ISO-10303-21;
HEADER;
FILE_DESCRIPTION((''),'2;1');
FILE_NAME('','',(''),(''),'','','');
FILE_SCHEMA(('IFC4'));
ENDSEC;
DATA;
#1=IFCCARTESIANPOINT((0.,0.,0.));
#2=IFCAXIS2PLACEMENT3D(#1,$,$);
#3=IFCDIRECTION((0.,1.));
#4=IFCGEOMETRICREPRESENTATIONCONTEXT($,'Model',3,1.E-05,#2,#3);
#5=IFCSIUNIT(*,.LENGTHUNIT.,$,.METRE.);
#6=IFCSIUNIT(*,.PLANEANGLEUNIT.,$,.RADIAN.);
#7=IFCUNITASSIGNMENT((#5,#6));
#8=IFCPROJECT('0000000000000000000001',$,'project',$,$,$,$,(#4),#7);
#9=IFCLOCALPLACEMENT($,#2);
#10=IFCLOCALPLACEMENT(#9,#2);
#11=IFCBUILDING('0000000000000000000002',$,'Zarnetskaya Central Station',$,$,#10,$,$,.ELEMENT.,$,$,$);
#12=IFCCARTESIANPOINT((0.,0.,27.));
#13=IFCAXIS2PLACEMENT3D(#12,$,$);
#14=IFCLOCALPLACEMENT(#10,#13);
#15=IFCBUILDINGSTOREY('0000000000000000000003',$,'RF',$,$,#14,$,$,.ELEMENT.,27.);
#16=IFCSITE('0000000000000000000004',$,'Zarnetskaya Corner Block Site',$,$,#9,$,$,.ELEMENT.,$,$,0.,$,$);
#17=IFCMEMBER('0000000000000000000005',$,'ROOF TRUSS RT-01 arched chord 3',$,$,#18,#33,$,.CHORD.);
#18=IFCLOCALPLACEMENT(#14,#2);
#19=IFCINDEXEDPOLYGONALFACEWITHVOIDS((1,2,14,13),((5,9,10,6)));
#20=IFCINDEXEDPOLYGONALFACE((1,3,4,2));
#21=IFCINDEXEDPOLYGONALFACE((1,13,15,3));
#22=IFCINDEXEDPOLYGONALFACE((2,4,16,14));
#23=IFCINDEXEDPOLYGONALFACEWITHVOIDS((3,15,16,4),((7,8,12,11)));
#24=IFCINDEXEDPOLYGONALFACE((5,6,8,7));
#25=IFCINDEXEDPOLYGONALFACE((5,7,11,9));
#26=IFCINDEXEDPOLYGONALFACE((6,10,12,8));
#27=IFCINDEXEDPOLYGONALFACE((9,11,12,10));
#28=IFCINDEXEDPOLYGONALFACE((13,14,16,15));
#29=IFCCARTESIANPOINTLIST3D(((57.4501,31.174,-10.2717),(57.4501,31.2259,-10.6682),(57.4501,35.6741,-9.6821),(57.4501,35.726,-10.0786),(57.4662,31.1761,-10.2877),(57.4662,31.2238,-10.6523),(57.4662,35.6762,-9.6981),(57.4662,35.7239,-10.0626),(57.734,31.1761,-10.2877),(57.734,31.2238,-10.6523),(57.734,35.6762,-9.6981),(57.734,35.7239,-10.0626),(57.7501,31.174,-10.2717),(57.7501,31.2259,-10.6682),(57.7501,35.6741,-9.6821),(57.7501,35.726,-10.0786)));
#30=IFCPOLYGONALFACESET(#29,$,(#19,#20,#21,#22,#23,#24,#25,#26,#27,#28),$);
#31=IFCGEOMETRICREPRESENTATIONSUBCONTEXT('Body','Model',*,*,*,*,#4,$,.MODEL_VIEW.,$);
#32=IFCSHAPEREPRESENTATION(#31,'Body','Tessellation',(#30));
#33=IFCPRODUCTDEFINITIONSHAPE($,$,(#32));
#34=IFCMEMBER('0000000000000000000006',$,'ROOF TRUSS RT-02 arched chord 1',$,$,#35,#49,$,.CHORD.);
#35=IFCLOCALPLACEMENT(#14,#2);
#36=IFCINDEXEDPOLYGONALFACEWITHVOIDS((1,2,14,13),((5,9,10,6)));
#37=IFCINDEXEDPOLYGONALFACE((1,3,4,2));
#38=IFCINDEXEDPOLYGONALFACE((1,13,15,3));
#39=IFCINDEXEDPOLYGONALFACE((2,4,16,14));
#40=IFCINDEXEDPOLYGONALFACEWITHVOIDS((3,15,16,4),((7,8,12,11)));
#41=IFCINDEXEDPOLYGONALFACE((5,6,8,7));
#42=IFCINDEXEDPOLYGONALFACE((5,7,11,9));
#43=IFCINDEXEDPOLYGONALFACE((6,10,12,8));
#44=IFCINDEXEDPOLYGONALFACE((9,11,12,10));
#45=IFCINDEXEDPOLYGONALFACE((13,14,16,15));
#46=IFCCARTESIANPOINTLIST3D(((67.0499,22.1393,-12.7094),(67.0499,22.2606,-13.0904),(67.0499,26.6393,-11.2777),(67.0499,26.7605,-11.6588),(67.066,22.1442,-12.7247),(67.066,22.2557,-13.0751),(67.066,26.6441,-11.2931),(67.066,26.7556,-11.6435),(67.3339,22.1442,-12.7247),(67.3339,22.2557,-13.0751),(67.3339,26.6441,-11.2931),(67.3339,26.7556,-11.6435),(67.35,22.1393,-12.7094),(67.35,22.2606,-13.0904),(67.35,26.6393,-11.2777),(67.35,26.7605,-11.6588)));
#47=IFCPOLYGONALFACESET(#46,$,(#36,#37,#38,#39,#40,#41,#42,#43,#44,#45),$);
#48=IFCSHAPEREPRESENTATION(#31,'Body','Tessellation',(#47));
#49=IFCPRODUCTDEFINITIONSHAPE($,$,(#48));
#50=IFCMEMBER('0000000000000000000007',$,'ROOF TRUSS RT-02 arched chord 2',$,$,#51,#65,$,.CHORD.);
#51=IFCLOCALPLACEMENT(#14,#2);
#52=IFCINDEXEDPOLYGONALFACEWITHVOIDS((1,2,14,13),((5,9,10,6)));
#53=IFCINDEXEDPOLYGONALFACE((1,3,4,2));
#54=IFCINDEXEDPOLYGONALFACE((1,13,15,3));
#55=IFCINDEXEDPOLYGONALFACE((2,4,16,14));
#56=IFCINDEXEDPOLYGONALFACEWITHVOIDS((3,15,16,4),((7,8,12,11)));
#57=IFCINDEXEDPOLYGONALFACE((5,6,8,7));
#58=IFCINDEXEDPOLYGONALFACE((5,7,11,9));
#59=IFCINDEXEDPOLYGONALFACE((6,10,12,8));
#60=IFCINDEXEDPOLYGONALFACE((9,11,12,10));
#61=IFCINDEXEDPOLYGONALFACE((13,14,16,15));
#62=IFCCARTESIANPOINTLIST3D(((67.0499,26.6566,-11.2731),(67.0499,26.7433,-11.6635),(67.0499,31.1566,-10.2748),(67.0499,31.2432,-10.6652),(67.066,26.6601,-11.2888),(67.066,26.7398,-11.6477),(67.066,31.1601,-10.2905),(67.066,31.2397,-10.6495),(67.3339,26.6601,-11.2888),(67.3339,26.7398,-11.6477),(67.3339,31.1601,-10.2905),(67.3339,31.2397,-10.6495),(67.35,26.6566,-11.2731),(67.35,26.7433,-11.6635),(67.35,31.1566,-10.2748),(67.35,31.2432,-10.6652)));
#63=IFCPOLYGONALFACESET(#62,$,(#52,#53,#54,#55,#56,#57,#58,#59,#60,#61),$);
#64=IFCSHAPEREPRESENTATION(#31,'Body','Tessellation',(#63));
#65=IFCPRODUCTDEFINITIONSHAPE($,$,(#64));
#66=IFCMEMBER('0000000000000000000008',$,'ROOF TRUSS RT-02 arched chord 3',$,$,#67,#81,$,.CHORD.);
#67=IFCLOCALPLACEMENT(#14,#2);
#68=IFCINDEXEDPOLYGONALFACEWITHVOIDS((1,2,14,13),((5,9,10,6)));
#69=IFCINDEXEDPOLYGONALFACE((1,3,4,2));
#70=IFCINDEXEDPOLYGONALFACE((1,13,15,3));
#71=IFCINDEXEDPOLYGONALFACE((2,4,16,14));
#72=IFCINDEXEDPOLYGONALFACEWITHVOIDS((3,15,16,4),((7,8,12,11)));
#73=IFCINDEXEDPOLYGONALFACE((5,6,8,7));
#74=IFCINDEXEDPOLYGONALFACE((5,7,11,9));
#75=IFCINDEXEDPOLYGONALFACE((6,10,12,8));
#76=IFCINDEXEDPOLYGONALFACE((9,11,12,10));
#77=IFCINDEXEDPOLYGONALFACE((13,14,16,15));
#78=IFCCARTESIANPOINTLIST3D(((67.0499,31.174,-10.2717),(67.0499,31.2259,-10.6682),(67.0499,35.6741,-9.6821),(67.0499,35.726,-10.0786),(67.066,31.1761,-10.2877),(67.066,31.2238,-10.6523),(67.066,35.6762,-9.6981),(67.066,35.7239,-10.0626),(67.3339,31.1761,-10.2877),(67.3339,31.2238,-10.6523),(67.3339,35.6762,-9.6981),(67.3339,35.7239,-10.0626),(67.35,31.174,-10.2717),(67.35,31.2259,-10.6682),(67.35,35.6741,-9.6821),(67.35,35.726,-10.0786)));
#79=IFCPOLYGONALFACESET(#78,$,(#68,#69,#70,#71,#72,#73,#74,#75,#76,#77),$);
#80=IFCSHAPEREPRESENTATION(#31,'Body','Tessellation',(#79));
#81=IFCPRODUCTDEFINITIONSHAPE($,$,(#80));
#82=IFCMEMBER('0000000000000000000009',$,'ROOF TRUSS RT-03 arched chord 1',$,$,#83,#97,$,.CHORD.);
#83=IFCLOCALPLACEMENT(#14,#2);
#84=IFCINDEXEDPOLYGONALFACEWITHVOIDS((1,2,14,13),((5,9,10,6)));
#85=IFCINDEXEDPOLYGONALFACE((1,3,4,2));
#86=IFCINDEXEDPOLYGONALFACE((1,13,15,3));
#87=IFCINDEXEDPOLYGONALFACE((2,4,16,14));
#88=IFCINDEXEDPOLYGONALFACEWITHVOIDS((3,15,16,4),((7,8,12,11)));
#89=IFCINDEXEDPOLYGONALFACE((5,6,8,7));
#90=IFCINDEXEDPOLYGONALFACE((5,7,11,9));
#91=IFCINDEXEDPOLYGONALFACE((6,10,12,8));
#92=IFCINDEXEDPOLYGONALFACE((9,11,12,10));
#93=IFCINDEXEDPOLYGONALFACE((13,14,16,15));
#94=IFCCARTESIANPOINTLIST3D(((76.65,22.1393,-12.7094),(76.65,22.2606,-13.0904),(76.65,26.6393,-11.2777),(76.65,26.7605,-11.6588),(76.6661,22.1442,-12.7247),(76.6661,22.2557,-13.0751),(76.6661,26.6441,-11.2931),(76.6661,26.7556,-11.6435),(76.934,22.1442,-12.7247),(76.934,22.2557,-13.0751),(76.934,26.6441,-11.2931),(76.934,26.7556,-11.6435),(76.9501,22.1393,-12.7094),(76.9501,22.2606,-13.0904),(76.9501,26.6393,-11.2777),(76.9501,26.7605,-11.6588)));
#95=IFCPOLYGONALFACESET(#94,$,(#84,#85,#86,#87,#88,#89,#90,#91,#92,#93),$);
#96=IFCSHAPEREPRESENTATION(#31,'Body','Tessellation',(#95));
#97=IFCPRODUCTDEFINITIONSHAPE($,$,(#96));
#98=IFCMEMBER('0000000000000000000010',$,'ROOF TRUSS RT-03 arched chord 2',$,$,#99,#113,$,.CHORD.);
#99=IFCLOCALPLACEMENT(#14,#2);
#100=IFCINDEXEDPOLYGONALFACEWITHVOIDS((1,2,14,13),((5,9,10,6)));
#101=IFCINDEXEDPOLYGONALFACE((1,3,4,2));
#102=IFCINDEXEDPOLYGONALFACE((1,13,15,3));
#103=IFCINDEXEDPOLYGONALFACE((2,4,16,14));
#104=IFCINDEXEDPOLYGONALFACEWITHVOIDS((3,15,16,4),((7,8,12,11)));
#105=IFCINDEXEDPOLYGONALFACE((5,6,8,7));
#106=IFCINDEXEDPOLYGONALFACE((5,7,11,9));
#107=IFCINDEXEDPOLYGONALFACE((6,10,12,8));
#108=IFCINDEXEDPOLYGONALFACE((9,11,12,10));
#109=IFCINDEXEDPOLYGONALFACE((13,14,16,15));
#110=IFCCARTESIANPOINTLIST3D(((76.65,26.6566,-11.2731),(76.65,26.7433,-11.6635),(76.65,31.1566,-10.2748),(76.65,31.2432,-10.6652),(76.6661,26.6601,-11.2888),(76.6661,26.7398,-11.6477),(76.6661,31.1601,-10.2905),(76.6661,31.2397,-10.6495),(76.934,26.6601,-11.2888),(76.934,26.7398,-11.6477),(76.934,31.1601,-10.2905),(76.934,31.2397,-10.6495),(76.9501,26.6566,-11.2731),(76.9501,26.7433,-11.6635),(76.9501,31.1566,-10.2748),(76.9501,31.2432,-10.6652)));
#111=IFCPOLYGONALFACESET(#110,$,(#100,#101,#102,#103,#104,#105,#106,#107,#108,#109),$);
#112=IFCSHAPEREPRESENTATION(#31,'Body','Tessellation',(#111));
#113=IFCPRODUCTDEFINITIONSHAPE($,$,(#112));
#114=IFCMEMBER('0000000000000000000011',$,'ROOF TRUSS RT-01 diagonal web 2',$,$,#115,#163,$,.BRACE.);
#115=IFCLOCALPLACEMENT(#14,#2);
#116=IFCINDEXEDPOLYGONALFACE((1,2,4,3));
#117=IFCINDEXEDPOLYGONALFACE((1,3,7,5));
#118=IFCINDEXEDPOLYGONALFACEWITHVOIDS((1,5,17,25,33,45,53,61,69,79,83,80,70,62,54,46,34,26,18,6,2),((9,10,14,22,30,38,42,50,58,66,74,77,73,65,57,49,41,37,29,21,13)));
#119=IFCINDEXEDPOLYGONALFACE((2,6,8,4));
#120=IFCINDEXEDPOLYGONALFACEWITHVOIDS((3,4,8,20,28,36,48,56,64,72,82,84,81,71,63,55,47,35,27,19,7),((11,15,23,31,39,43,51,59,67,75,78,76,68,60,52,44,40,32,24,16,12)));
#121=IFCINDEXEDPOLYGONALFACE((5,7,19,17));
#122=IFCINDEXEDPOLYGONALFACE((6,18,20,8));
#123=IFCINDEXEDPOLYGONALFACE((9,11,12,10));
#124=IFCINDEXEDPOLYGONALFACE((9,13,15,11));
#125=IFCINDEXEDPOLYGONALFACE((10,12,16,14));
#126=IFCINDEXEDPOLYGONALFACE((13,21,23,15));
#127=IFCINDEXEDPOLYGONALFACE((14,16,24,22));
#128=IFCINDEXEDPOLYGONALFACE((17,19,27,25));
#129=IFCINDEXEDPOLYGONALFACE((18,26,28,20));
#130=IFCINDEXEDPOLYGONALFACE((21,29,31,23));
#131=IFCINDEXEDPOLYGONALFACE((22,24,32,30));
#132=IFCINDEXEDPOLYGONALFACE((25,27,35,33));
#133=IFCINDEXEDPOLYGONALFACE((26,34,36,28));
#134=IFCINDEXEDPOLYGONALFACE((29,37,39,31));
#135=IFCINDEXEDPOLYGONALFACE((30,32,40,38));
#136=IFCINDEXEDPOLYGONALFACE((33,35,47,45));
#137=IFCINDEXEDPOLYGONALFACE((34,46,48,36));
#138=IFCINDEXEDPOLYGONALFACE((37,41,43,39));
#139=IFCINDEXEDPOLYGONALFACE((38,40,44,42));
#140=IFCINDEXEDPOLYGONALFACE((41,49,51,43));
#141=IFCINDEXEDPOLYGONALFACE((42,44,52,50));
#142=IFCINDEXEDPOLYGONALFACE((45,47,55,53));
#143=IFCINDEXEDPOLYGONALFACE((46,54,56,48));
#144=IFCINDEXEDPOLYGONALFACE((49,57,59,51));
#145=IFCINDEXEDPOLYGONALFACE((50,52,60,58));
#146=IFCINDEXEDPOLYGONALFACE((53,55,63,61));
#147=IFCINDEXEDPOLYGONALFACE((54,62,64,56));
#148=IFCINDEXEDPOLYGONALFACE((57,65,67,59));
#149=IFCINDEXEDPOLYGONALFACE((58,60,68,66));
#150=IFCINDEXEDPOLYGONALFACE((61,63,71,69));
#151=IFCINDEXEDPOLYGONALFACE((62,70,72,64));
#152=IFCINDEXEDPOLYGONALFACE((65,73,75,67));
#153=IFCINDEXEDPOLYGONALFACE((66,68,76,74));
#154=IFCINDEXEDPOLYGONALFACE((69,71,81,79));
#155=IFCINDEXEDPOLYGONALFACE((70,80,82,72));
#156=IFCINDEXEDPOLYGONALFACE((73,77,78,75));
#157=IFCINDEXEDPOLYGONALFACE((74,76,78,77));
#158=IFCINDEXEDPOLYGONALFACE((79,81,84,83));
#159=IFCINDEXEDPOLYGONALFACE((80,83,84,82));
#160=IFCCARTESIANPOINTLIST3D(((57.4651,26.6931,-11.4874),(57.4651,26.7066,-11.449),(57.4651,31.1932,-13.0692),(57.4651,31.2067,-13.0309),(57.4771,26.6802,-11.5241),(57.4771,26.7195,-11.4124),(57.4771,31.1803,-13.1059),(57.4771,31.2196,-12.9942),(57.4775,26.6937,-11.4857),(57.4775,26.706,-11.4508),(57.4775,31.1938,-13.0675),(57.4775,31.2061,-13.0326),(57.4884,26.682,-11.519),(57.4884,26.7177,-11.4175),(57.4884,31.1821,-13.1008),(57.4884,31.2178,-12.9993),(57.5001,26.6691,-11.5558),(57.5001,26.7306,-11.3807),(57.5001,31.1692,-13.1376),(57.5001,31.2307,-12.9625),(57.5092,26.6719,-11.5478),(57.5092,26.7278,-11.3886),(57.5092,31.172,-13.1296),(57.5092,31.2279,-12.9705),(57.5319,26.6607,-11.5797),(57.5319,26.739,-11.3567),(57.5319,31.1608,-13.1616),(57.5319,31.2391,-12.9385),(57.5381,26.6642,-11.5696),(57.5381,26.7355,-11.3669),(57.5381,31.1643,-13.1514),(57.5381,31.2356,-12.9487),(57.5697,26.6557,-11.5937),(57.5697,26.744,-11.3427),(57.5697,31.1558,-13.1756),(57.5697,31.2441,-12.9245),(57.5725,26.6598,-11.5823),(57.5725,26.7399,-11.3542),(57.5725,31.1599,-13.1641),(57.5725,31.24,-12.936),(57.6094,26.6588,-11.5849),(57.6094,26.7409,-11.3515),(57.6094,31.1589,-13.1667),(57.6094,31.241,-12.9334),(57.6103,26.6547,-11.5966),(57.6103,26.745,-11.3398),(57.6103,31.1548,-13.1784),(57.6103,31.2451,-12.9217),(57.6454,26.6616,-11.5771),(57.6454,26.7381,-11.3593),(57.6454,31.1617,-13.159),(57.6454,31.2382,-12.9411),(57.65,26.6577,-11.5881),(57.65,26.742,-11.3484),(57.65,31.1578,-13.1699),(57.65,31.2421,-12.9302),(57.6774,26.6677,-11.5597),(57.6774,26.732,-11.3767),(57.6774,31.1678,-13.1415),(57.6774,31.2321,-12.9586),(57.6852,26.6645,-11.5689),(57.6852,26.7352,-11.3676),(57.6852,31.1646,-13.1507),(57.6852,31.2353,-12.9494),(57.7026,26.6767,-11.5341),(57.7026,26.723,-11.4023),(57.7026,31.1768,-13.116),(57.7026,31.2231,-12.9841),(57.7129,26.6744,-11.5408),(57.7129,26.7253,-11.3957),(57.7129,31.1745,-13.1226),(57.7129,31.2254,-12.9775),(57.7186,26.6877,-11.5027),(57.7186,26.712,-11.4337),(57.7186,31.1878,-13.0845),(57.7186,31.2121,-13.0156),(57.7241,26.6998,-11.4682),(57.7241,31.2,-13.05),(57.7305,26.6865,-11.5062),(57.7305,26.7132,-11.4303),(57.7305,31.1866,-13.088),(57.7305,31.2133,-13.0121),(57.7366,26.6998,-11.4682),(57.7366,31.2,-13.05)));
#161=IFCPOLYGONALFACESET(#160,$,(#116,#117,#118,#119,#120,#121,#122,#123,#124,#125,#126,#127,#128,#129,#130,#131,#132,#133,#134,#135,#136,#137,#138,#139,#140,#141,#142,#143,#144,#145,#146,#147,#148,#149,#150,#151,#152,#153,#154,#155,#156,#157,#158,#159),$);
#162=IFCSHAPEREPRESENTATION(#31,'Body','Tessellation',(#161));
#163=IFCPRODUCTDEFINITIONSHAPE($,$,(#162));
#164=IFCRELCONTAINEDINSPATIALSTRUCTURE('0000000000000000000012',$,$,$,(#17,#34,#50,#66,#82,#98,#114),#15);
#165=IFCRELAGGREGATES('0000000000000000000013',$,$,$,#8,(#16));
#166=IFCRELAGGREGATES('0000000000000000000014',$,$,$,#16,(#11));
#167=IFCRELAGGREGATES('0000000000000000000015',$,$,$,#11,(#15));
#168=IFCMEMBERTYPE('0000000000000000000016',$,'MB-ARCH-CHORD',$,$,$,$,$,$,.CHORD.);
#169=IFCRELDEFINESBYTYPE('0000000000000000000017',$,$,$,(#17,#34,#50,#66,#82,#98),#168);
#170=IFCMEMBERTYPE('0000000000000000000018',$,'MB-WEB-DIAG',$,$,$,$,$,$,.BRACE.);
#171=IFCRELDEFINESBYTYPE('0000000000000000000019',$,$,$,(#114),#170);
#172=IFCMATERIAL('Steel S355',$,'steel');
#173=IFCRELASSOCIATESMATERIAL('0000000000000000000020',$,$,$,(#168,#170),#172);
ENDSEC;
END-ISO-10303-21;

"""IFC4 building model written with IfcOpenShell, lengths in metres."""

from ifc_helpers import new_model, si_unit, direction, frame, origin, origin_2d, place, context, subcontext, project, spatial, hollow_rectangle, hollow_circle, extrude, material, material_profile, profile_set, type_object, element, save


model = new_model("IFC4")

# Units and contexts
model_context = context("Model", 3, precision=1e-05, world=origin(), true_north=direction((0.0, 1.0)))
body_context = subcontext(model_context, "Body", "Model", "MODEL_VIEW")
ifc_project = project(units=[si_unit("LENGTHUNIT", "METRE"), si_unit("PLANEANGLEUNIT", "RADIAN")], contexts=[model_context])

# Site, building, storey
site_placement = place(None, origin())
site = spatial("IfcSite", under=ifc_project, at=site_placement, Name="Zarnetskaya Corner Block Site", CompositionType="ELEMENT", RefElevation=0.0)
building_placement = place(site_placement, origin())
building = spatial("IfcBuilding", under=site, at=building_placement, Name="Zarnetskaya Central Station", CompositionType="ELEMENT")
storey_placement = place(building_placement, frame((0.0, 0.0, 27.0)))
storey = spatial("IfcBuildingStorey", under=building, at=storey_placement, Name="RF", CompositionType="ELEMENT", Elevation=27.0)

# Shared definitions
ifc_material_1 = material(Name="Steel S355", Category="steel")

# Members
ifc_material_profile_1 = material_profile(ifc_material_1, hollow_rectangle(XDim=0.3, YDim=0.3999, WallThickness=0.0161, at=origin_2d()), Name="RHS 400x300x16")
ifc_profile_set_1 = profile_set([ifc_material_profile_1], Name="Steel S355")
member_type_1 = type_object("IfcMemberType", Name="MB-ARCH-CHORD", PredefinedType="CHORD", material=ifc_profile_set_1)
member_1_placement = place(storey_placement, frame((57.6001, 31.2, -10.47), z_axis=(0.0, 0.991526, 0.129912), x_axis=(-1.0, 0.0, 0.0)))
element("IfcMember", 1, at=member_1_placement, inside=storey, type_object=member_type_1, Name="ROOF TRUSS RT-01 arched chord 3", PredefinedType="CHORD", context=body_context, shape_type="SweptSolid", body=[
    extrude(hollow_rectangle(XDim=0.3, YDim=0.3999, WallThickness=0.0161, at=origin_2d()), origin(), (0.0, 0.0, 1.0), 4.5386),
])
member_2_placement = place(storey_placement, frame((67.2, 22.2, -12.8999), z_axis=(0.0, 0.952937, 0.30317), x_axis=(-1.0, 0.0, 0.0)))
element("IfcMember", 2, at=member_2_placement, inside=storey, type_object=member_type_1, Name="ROOF TRUSS RT-02 arched chord 1", PredefinedType="CHORD", context=body_context, shape_type="SweptSolid", body=[
    extrude(hollow_rectangle(XDim=0.3, YDim=0.3999, WallThickness=0.0161, at=origin_2d()), origin(), (0.0, 0.0, 1.0), 4.7222),
])
member_3_placement = place(storey_placement, frame((67.2, 26.7, -11.4683), z_axis=(0.0, 0.976266, 0.216577), x_axis=(-1.0, 0.0, 0.0)))
element("IfcMember", 3, at=member_3_placement, inside=storey, type_object=member_type_1, Name="ROOF TRUSS RT-02 arched chord 2", PredefinedType="CHORD", context=body_context, shape_type="SweptSolid", body=[
    extrude(hollow_rectangle(XDim=0.3, YDim=0.3999, WallThickness=0.0161, at=origin_2d()), origin(), (0.0, 0.0, 1.0), 4.6094),
])
member_4_placement = place(storey_placement, frame((67.2, 31.2, -10.47), z_axis=(0.0, 0.991526, 0.129912), x_axis=(-1.0, 0.0, 0.0)))
element("IfcMember", 4, at=member_4_placement, inside=storey, type_object=member_type_1, Name="ROOF TRUSS RT-02 arched chord 3", PredefinedType="CHORD", context=body_context, shape_type="SweptSolid", body=[
    extrude(hollow_rectangle(XDim=0.3, YDim=0.3999, WallThickness=0.0161, at=origin_2d()), origin(), (0.0, 0.0, 1.0), 4.5386),
])
member_5_placement = place(storey_placement, frame((76.8, 22.2, -12.8999), z_axis=(0.0, 0.952937, 0.30317), x_axis=(-1.0, 0.0, 0.0)))
element("IfcMember", 5, at=member_5_placement, inside=storey, type_object=member_type_1, Name="ROOF TRUSS RT-03 arched chord 1", PredefinedType="CHORD", context=body_context, shape_type="SweptSolid", body=[
    extrude(hollow_rectangle(XDim=0.3, YDim=0.3999, WallThickness=0.0161, at=origin_2d()), origin(), (0.0, 0.0, 1.0), 4.7222),
])
member_6_placement = place(storey_placement, frame((76.8, 26.7, -11.4683), z_axis=(0.0, 0.976266, 0.216577), x_axis=(-1.0, 0.0, 0.0)))
element("IfcMember", 6, at=member_6_placement, inside=storey, type_object=member_type_1, Name="ROOF TRUSS RT-03 arched chord 2", PredefinedType="CHORD", context=body_context, shape_type="SweptSolid", body=[
    extrude(hollow_rectangle(XDim=0.3, YDim=0.3999, WallThickness=0.0161, at=origin_2d()), origin(), (0.0, 0.0, 1.0), 4.6094),
])
ifc_material_profile_2 = material_profile(ifc_material_1, hollow_circle(Radius=0.1365, WallThickness=0.0125, at=origin_2d()), Name="CHS 273x12.5")
ifc_profile_set_2 = profile_set([ifc_material_profile_2], Name="Steel S355")
member_type_2 = type_object("IfcMemberType", Name="MB-WEB-DIAG", PredefinedType="BRACE", material=ifc_profile_set_2)
member_7_placement = place(storey_placement, frame((57.6001, 31.2, -13.05), z_axis=(0.0, -0.943414, 0.331618), x_axis=(1.0, 0.0, 0.0)))
element("IfcMember", 7, at=member_7_placement, inside=storey, type_object=member_type_2, Name="ROOF TRUSS RT-01 diagonal web 2", PredefinedType="BRACE", context=body_context, shape_type="SweptSolid", body=[
    extrude(hollow_circle(Radius=0.1365, WallThickness=0.0125, at=origin_2d()), origin(), (0.0, 0.0, 1.0), 4.77),
])

save(model, "model.ifc")
